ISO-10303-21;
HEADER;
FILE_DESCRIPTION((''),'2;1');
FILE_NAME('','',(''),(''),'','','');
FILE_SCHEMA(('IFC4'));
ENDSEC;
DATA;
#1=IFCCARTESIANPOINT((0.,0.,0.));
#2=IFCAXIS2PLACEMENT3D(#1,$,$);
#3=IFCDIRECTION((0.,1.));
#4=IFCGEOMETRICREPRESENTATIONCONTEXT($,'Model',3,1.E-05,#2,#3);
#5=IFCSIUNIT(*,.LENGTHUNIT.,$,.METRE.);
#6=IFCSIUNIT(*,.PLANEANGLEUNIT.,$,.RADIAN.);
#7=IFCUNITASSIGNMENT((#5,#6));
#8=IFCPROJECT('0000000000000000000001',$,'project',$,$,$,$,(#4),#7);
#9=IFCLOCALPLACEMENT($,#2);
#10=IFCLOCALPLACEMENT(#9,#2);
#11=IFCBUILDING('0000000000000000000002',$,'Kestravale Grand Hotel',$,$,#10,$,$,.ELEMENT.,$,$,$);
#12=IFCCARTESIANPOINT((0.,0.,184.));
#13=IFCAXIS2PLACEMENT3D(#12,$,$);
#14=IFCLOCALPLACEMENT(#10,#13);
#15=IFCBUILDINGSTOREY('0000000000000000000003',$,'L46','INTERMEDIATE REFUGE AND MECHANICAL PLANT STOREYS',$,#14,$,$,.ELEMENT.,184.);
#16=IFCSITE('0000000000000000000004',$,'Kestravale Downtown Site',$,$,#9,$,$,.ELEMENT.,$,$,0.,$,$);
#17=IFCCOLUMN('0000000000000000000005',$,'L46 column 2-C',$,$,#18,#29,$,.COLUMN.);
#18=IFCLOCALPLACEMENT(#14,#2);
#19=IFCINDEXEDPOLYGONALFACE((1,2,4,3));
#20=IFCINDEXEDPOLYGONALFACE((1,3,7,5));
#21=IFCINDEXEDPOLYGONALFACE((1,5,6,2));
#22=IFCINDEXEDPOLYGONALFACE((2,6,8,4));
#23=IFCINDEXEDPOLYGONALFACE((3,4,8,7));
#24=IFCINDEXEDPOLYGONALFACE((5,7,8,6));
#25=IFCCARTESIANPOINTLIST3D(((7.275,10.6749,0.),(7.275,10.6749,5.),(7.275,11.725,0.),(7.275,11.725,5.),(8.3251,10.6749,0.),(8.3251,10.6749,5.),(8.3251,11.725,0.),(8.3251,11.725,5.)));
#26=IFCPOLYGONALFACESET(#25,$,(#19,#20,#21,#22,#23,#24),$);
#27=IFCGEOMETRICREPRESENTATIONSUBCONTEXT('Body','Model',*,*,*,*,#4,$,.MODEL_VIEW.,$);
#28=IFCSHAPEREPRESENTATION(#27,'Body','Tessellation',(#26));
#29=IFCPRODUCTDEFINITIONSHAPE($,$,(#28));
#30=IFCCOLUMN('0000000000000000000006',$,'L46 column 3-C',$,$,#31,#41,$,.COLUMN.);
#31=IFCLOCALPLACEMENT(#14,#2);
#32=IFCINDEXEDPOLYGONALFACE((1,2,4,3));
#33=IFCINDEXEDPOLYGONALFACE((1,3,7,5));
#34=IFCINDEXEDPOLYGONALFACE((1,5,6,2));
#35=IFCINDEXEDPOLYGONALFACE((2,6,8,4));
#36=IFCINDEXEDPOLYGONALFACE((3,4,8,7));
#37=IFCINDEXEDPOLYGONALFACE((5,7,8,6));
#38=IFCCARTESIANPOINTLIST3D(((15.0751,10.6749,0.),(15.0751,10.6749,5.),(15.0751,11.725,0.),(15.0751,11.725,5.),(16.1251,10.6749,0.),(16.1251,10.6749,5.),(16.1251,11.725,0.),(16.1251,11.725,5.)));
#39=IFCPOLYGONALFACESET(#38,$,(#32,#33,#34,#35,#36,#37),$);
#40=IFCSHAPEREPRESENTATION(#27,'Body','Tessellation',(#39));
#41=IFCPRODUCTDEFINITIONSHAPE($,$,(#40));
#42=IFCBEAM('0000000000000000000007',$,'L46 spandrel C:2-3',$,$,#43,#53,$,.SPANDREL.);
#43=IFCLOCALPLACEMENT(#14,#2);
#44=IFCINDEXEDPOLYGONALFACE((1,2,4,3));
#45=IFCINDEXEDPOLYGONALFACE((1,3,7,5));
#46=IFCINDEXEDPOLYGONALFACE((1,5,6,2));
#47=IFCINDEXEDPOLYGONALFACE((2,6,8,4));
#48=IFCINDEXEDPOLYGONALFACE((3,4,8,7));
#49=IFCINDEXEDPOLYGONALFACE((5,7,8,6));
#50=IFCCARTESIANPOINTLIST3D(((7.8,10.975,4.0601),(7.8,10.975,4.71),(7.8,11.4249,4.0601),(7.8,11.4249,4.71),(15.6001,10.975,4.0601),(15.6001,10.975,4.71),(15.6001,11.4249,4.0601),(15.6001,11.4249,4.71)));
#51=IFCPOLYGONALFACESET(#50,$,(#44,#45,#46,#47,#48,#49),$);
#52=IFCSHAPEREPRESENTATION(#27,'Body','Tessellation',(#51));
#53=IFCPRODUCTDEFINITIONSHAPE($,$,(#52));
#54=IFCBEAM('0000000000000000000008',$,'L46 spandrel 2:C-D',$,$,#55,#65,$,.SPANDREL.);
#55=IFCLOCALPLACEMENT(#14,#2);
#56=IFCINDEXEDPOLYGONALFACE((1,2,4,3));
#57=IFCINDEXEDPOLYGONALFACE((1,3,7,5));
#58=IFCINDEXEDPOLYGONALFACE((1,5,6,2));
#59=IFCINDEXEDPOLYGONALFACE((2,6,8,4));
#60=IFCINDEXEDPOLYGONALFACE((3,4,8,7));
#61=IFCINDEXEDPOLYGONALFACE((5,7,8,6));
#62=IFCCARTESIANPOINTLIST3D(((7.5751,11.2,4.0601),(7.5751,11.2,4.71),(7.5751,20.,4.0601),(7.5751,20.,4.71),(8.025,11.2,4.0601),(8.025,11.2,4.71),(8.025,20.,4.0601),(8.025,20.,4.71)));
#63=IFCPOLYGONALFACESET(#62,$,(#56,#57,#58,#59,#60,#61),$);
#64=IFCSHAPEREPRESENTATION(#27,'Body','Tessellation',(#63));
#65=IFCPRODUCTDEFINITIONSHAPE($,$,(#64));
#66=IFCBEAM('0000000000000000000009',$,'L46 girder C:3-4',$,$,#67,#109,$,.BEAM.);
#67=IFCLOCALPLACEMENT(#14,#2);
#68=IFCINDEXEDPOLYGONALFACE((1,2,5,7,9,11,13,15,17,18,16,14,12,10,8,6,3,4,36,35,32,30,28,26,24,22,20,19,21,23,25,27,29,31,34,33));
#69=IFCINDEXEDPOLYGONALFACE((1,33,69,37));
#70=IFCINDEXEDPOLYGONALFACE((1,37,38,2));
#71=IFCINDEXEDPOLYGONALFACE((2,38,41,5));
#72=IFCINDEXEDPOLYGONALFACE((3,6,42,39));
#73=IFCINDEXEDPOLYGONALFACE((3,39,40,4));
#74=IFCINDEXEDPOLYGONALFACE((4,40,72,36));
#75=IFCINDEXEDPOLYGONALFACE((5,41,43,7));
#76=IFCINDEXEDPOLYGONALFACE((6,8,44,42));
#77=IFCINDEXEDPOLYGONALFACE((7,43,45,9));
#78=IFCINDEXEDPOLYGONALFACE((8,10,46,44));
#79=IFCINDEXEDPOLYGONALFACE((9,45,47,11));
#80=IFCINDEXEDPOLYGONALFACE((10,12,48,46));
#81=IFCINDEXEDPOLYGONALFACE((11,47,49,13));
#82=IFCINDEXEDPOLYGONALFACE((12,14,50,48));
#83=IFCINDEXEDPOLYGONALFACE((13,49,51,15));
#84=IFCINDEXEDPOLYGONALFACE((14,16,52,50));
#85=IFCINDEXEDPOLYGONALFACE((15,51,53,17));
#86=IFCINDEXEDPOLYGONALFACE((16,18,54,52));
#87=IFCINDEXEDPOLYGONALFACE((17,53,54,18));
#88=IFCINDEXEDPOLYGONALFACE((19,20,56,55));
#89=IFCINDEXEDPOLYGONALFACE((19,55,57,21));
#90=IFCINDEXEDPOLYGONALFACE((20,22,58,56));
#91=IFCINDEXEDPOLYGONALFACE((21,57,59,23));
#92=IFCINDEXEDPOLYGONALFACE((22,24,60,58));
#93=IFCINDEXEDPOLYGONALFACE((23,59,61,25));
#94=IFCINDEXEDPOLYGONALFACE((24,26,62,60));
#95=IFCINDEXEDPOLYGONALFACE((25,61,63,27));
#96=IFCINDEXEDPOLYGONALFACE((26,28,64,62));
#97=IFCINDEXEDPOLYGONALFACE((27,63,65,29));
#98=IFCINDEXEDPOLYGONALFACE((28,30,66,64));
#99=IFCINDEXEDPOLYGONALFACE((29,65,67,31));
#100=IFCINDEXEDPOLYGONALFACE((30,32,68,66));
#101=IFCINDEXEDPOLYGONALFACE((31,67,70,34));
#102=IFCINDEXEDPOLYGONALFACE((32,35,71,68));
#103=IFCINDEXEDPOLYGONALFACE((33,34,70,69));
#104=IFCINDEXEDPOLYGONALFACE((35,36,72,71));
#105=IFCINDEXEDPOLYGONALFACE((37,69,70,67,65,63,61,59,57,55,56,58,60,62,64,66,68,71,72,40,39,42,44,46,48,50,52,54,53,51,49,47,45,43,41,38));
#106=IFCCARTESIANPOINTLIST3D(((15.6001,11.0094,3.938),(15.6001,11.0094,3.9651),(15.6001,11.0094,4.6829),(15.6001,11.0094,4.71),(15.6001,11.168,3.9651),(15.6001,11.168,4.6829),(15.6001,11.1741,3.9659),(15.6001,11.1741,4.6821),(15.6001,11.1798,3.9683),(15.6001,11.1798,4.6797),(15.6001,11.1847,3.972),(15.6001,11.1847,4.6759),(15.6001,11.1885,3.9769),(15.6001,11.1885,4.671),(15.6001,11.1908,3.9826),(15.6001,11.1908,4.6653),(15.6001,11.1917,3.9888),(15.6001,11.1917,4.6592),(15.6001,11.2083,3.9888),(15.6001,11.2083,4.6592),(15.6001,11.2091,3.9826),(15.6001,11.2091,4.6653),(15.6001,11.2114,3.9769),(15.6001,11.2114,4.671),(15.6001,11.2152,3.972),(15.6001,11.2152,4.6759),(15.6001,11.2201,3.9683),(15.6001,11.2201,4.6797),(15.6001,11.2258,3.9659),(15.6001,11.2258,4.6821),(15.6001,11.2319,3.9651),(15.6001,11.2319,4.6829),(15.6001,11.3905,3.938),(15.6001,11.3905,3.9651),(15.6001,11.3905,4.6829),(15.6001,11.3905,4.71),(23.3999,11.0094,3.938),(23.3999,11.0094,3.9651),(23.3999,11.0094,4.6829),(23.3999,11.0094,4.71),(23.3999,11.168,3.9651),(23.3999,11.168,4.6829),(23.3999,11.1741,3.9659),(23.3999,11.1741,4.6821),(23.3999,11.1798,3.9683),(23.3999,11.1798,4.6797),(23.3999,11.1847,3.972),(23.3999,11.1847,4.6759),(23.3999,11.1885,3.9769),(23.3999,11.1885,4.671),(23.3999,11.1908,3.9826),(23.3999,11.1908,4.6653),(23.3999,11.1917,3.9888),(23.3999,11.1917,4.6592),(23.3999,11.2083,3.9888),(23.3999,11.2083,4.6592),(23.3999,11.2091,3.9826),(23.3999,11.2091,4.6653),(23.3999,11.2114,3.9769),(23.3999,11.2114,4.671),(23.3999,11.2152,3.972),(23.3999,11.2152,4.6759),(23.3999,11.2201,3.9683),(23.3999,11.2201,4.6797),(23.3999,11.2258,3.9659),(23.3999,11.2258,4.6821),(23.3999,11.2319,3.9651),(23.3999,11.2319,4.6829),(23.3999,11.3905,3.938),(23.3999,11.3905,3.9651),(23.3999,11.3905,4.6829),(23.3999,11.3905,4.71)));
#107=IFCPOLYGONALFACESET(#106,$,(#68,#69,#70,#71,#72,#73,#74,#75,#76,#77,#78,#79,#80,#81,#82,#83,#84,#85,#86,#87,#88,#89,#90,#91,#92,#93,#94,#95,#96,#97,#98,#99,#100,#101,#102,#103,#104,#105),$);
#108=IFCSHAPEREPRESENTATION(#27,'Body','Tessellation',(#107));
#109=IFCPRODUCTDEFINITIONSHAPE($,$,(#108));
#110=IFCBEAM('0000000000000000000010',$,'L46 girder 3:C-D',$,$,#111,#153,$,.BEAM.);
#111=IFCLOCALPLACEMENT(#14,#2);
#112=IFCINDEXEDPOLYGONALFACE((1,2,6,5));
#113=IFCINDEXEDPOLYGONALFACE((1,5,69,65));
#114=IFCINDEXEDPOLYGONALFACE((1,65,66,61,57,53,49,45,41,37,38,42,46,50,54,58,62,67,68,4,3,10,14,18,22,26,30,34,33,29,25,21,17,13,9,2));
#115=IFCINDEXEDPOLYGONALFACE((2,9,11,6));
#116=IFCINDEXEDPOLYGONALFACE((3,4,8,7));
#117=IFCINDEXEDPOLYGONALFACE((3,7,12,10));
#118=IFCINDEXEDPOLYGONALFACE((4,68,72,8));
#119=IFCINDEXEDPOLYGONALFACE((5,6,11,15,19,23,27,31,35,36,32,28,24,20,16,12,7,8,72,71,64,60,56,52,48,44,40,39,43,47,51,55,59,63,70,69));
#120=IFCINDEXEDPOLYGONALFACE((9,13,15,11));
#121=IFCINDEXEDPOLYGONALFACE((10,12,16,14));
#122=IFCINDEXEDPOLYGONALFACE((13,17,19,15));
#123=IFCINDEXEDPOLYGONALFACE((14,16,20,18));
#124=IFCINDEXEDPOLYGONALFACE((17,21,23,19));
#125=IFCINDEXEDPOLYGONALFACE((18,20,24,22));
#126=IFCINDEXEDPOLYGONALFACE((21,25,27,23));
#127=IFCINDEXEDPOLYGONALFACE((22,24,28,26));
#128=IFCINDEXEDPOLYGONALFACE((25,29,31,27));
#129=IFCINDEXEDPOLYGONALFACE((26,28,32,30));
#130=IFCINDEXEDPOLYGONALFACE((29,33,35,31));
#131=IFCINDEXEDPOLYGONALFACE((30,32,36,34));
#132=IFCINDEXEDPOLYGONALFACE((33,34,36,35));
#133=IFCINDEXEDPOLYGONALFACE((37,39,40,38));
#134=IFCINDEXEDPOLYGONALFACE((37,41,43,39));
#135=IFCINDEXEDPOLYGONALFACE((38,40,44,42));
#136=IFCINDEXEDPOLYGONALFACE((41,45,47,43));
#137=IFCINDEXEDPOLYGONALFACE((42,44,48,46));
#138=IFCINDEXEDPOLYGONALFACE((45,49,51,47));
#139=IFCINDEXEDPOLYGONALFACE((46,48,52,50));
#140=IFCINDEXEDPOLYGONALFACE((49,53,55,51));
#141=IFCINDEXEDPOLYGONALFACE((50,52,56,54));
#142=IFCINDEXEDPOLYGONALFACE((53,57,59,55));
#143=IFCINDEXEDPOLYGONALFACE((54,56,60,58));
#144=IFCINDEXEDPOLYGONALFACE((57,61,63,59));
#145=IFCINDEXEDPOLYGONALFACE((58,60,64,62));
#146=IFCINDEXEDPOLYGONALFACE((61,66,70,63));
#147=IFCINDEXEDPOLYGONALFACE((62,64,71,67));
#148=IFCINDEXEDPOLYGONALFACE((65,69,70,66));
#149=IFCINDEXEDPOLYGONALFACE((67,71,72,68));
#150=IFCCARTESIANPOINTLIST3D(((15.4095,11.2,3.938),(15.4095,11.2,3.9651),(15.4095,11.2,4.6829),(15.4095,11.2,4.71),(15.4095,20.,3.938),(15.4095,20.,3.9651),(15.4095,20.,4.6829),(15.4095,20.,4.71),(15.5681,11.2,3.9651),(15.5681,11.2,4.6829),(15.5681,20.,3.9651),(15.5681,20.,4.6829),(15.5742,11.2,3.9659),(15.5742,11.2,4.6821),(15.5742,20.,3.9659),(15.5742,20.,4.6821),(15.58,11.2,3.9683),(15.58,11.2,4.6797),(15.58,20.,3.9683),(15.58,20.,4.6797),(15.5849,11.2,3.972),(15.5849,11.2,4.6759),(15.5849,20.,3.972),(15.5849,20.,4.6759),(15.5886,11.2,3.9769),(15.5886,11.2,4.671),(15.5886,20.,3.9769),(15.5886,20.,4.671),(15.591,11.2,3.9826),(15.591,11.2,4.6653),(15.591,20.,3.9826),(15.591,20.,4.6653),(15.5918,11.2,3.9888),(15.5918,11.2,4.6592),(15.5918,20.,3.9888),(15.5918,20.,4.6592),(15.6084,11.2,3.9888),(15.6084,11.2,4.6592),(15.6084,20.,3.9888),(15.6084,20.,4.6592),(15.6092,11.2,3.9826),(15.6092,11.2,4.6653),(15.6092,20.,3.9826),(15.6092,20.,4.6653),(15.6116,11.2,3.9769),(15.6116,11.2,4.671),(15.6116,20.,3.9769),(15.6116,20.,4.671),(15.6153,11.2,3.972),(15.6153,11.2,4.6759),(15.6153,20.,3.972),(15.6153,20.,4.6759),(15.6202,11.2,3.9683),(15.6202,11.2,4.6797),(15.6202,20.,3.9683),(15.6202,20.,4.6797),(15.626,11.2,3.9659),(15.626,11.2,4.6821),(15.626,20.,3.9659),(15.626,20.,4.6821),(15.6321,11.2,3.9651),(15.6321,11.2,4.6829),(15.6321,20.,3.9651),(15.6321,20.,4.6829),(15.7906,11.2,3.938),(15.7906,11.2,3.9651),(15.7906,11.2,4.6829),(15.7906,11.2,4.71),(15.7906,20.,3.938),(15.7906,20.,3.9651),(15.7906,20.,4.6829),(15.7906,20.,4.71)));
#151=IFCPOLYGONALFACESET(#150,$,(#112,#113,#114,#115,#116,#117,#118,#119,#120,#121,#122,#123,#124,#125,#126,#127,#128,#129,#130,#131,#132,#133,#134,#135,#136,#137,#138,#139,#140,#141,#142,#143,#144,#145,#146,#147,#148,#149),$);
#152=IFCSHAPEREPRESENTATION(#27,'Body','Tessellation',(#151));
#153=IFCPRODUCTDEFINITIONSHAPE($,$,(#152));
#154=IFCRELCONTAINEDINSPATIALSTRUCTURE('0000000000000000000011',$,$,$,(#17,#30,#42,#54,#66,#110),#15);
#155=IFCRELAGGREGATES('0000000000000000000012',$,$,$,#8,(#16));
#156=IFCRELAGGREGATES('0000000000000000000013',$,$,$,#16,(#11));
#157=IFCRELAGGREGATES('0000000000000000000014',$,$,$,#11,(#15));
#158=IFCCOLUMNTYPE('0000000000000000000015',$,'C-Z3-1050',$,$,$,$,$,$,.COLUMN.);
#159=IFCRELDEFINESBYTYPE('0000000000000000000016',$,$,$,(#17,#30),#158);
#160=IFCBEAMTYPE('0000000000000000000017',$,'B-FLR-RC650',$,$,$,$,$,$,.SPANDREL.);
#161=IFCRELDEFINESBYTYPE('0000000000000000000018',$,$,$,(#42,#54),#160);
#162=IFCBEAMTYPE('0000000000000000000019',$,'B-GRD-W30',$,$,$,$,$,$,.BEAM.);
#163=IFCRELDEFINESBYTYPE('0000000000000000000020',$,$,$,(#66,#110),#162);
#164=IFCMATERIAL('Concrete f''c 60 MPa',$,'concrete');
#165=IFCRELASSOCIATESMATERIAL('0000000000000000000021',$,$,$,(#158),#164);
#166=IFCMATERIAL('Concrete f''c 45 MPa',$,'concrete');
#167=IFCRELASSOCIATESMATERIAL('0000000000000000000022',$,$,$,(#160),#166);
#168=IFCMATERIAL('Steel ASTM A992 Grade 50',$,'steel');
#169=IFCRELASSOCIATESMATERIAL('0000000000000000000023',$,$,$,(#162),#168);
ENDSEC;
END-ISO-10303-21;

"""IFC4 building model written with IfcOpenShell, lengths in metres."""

from ifc_helpers import new_model, si_unit, direction, frame, origin, origin_2d, place, context, subcontext, project, spatial, rectangle, i_section, extrude, material, material_profile, profile_set, type_object, element, save


model = new_model("IFC4")

# Units and contexts
model_context = context("Model", 3, precision=1e-05, world=origin(), true_north=direction((0.0, 1.0)))
body_context = subcontext(model_context, "Body", "Model", "MODEL_VIEW")
ifc_project = project(units=[si_unit("LENGTHUNIT", "METRE"), si_unit("PLANEANGLEUNIT", "RADIAN")], contexts=[model_context])

# Site, building, storey
site_placement = place(None, origin())
site = spatial("IfcSite", under=ifc_project, at=site_placement, Name="Kestravale Downtown Site", CompositionType="ELEMENT", RefElevation=0.0)
building_placement = place(site_placement, origin())
building = spatial("IfcBuilding", under=site, at=building_placement, Name="Kestravale Grand Hotel", CompositionType="ELEMENT")
storey_placement = place(building_placement, frame((0.0, 0.0, 184.0)))
storey = spatial("IfcBuildingStorey", under=building, at=storey_placement, Name="L46", Description="INTERMEDIATE REFUGE AND MECHANICAL PLANT STOREYS", CompositionType="ELEMENT", Elevation=184.0)

# Columns
ifc_material_1 = material(Name="Concrete f'c 60 MPa", Category="concrete")
ifc_material_profile_1 = material_profile(ifc_material_1, rectangle(XDim=1.05, YDim=1.05, at=origin_2d()))
ifc_profile_set_1 = profile_set([ifc_material_profile_1], Name="Concrete f'c 60 MPa")
column_type = type_object("IfcColumnType", Name="C-Z3-1050", PredefinedType="COLUMN", material=ifc_profile_set_1)
for number, where, z_axis, x_axis, name in (
    (1, (7.8, 11.2, 0.0), (0.0, 0.0, 1.0), (1.0, 0.0, 0.0), "L46 column 2-C"),
    (2, (15.6001, 11.2, 0.0), (0.0, 0.0, 1.0), (1.0, 0.0, 0.0), "L46 column 3-C"),
):
    element("IfcColumn", number, at=place(storey_placement, frame(where, z_axis=z_axis, x_axis=x_axis)), inside=storey, type_object=column_type, Name=name, PredefinedType="COLUMN", context=body_context, shape_type="SweptSolid", body=[
        extrude(rectangle(XDim=1.05, YDim=1.05, at=origin_2d()), origin(), (0.0, 0.0, 1.0), 5.0),
    ])

# Beams
ifc_material_2 = material(Name="Concrete f'c 45 MPa", Category="concrete")
ifc_material_profile_2 = material_profile(ifc_material_2, rectangle(XDim=0.45, YDim=0.6499, at=origin_2d()))
ifc_profile_set_2 = profile_set([ifc_material_profile_2], Name="Concrete f'c 45 MPa")
beam_type_1 = type_object("IfcBeamType", Name="B-FLR-RC650", PredefinedType="SPANDREL", material=ifc_profile_set_2)
beam_1_placement = place(storey_placement, frame((7.8, 11.2, 4.385), z_axis=(1.0, 0.0, 0.0), x_axis=(0.0, 1.0, 0.0)))
element("IfcBeam", 3, at=beam_1_placement, inside=storey, type_object=beam_type_1, Name="L46 spandrel C:2-3", PredefinedType="SPANDREL", context=body_context, shape_type="SweptSolid", body=[
    extrude(rectangle(XDim=0.45, YDim=0.6499, at=origin_2d()), origin(), (0.0, 0.0, 1.0), 7.8),
])
beam_2_placement = place(storey_placement, frame((7.8, 11.2, 4.385), z_axis=(0.0, 1.0, 0.0), x_axis=(-1.0, 0.0, 0.0)))
element("IfcBeam", 4, at=beam_2_placement, inside=storey, type_object=beam_type_1, Name="L46 spandrel 2:C-D", PredefinedType="SPANDREL", context=body_context, shape_type="SweptSolid", body=[
    extrude(rectangle(XDim=0.45, YDim=0.6499, at=origin_2d()), origin(), (0.0, 0.0, 1.0), 8.8),
])
ifc_material_3 = material(Name="Steel ASTM A992 Grade 50", Category="steel")
ifc_material_profile_3 = material_profile(ifc_material_3, i_section(OverallWidth=0.3811, OverallDepth=0.772, WebThickness=0.0166, FlangeThickness=0.0271, FilletRadius=0.0237, at=origin_2d()))
ifc_profile_set_3 = profile_set([ifc_material_profile_3], Name="Steel ASTM A992 Grade 50")
beam_type_2 = type_object("IfcBeamType", Name="B-GRD-W30", PredefinedType="BEAM", material=ifc_profile_set_3)
beam_3_placement = place(storey_placement, frame((15.6001, 11.2, 4.324), z_axis=(1.0, 0.0, 0.0), x_axis=(0.0, 1.0, 0.0)))
element("IfcBeam", 5, at=beam_3_placement, inside=storey, type_object=beam_type_2, Name="L46 girder C:3-4", PredefinedType="BEAM", context=body_context, shape_type="SweptSolid", body=[
    extrude(i_section(OverallWidth=0.3811, OverallDepth=0.772, WebThickness=0.0166, FlangeThickness=0.0271, FilletRadius=0.0237, at=origin_2d()), origin(), (0.0, 0.0, 1.0), 7.7998),
])
beam_4_placement = place(storey_placement, frame((15.6001, 11.2, 4.324), z_axis=(0.0, 1.0, 0.0), x_axis=(-1.0, 0.0, 0.0)))
element("IfcBeam", 6, at=beam_4_placement, inside=storey, type_object=beam_type_2, Name="L46 girder 3:C-D", PredefinedType="BEAM", context=body_context, shape_type="SweptSolid", body=[
    extrude(i_section(OverallWidth=0.3811, OverallDepth=0.772, WebThickness=0.0166, FlangeThickness=0.0271, FilletRadius=0.0237, at=origin_2d()), origin(), (0.0, 0.0, 1.0), 8.8),
])

save(model, "model.ifc")
